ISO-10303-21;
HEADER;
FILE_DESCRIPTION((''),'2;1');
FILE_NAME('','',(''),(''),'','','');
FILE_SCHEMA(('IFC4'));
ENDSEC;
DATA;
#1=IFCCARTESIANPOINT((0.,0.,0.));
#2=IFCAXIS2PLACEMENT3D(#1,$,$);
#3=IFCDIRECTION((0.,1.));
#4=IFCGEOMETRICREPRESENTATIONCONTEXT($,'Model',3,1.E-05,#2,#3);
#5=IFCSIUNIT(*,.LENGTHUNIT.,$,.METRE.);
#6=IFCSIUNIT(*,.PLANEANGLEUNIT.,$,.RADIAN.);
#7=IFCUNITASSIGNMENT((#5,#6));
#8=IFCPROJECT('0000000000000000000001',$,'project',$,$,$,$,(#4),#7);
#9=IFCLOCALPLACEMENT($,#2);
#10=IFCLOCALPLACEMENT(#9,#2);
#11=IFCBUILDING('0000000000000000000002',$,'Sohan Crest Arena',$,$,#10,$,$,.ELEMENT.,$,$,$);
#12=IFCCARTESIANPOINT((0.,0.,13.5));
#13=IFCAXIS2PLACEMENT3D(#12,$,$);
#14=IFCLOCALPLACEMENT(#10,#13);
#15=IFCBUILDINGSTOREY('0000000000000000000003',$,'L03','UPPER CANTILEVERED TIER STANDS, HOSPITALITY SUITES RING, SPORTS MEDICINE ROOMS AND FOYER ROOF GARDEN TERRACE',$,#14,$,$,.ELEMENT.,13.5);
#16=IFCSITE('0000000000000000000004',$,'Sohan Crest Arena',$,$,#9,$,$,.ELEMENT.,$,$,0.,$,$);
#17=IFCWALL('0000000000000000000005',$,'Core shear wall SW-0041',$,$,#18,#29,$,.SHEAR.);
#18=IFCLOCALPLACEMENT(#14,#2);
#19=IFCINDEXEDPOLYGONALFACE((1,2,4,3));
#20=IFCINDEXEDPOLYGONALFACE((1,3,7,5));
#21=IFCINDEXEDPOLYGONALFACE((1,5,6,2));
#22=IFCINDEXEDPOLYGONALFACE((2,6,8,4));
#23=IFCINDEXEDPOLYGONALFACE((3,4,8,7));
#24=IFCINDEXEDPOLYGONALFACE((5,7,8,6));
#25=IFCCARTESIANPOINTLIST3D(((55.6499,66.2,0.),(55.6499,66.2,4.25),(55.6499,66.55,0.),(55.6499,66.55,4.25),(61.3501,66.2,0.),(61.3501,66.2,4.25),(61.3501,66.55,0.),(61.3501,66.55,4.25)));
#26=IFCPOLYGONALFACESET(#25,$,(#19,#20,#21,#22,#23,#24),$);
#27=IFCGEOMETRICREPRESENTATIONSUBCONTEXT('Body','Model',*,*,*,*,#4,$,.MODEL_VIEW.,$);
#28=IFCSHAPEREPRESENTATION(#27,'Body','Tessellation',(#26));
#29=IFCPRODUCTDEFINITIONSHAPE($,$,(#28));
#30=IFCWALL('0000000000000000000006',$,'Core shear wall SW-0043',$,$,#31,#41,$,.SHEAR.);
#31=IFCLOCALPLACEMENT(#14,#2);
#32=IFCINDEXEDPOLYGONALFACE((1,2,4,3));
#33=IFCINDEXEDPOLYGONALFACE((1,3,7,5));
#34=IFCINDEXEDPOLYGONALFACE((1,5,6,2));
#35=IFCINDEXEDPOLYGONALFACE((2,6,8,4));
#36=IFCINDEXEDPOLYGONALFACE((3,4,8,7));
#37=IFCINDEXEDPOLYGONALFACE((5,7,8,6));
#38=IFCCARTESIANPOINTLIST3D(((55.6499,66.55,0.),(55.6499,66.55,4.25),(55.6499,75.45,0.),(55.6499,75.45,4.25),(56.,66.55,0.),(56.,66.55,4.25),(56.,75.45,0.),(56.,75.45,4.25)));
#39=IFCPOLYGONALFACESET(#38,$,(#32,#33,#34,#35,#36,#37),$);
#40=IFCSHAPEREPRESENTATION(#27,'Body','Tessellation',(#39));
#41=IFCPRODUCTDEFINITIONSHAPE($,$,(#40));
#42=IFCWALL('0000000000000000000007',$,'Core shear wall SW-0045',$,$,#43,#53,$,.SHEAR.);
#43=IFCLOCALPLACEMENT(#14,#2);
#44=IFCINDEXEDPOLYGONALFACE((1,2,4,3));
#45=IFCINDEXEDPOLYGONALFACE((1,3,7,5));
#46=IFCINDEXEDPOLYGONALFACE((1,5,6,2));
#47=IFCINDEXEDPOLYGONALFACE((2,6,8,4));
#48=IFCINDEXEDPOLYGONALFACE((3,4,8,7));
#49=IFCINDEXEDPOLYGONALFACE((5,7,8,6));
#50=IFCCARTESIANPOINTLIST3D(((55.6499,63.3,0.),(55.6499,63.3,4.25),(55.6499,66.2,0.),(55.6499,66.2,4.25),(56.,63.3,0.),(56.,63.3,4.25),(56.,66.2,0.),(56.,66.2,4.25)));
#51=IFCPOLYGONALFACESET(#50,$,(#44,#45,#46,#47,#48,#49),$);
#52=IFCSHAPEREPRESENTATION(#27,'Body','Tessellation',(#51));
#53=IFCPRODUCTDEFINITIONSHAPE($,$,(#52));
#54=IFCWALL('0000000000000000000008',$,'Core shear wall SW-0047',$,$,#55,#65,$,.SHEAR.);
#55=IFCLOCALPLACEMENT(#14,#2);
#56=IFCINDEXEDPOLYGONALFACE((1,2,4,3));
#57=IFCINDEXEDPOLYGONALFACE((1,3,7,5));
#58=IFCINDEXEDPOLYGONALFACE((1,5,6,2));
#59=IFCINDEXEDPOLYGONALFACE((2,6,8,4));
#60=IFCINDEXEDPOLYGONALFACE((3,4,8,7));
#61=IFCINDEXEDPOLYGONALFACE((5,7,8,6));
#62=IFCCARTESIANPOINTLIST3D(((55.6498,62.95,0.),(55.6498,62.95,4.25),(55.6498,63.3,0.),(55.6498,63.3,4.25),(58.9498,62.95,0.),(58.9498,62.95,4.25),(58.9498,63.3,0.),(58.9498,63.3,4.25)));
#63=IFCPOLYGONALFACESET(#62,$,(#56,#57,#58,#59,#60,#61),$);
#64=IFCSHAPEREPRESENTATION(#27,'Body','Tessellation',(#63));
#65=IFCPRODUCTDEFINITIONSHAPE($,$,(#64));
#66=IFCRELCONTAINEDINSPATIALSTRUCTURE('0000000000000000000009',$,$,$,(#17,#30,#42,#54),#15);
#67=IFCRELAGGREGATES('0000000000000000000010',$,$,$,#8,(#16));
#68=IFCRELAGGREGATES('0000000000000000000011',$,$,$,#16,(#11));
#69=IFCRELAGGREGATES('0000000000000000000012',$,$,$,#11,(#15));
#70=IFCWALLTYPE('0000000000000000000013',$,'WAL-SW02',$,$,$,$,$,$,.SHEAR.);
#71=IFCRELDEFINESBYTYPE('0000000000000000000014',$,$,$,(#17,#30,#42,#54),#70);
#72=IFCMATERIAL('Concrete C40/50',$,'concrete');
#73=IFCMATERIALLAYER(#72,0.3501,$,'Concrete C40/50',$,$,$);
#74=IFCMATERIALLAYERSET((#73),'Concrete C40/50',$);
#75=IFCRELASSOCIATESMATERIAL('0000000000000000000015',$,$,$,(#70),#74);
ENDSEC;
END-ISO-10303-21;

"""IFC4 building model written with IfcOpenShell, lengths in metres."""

from ifc_helpers import new_model, si_unit, direction, frame, frame_2d, origin, place, context, subcontext, project, spatial, rectangle, extrude, material, layer, layer_set, type_object, element, save


model = new_model("IFC4")

# Units and contexts
model_context = context("Model", 3, precision=1e-05, world=origin(), true_north=direction((0.0, 1.0)))
body_context = subcontext(model_context, "Body", "Model", "MODEL_VIEW")
ifc_project = project(units=[si_unit("LENGTHUNIT", "METRE"), si_unit("PLANEANGLEUNIT", "RADIAN")], contexts=[model_context])

# Site, building, storey
site_placement = place(None, origin())
site = spatial("IfcSite", under=ifc_project, at=site_placement, Name="Sohan Crest Arena", CompositionType="ELEMENT", RefElevation=0.0)
building_placement = place(site_placement, origin())
building = spatial("IfcBuilding", under=site, at=building_placement, Name="Sohan Crest Arena", CompositionType="ELEMENT")
storey_placement = place(building_placement, frame((0.0, 0.0, 13.5)))
storey = spatial("IfcBuildingStorey", under=building, at=storey_placement, Name="L03", Description="UPPER CANTILEVERED TIER STANDS, HOSPITALITY SUITES RING, SPORTS MEDICINE ROOMS AND FOYER ROOF GARDEN TERRACE", CompositionType="ELEMENT", Elevation=13.5)

# Walls
ifc_material_1 = material(Name="Concrete C40/50", Category="concrete")
ifc_layer_1 = layer(ifc_material_1, 0.3501, Name="Concrete C40/50")
ifc_layer_set_1 = layer_set([ifc_layer_1], Name="Concrete C40/50")
wall_type = type_object("IfcWallType", Name="WAL-SW02", PredefinedType="SHEAR", material=ifc_layer_set_1)
wall_1_placement = place(storey_placement, frame((55.6499, 66.375, 0.0), z_axis=(0.0, 0.0, 1.0), x_axis=(1.0, 0.0, 0.0)))
element("IfcWall", 1, at=wall_1_placement, inside=storey, type_object=wall_type, Name="Core shear wall SW-0041", PredefinedType="SHEAR", context=body_context, shape_type="SweptSolid", body=[
    extrude(rectangle(XDim=5.7002, YDim=0.3501, at=frame_2d((2.8501, 0.0))), origin(), (0.0, 0.0, 1.0), 4.25),
])
wall_2_placement = place(storey_placement, frame((55.825, 66.55, 0.0), z_axis=(0.0, 0.0, 1.0), x_axis=(0.0, 1.0, 0.0)))
element("IfcWall", 2, at=wall_2_placement, inside=storey, type_object=wall_type, Name="Core shear wall SW-0043", PredefinedType="SHEAR", context=body_context, shape_type="SweptSolid", body=[
    extrude(rectangle(XDim=8.8999, YDim=0.3501, at=frame_2d((4.45, 0.0))), origin(), (0.0, 0.0, 1.0), 4.25),
])
wall_3_placement = place(storey_placement, frame((55.825, 63.3, 0.0), z_axis=(0.0, 0.0, 1.0), x_axis=(0.0, 1.0, 0.0)))
element("IfcWall", 3, at=wall_3_placement, inside=storey, type_object=wall_type, Name="Core shear wall SW-0045", PredefinedType="SHEAR", context=body_context, shape_type="SweptSolid", body=[
    extrude(rectangle(XDim=2.8999, YDim=0.3501, at=frame_2d((1.45, 0.0))), origin(), (0.0, 0.0, 1.0), 4.25),
])
wall_4_placement = place(storey_placement, frame((55.6499, 63.125, 0.0), z_axis=(0.0, 0.0, 1.0), x_axis=(1.0, 0.0, 0.0)))
element("IfcWall", 4, at=wall_4_placement, inside=storey, type_object=wall_type, Name="Core shear wall SW-0047", PredefinedType="SHEAR", context=body_context, shape_type="SweptSolid", body=[
    extrude(rectangle(XDim=3.3, YDim=0.3501, at=frame_2d((1.6499, 0.0))), origin(), (0.0, 0.0, 1.0), 4.25),
])

save(model, "model.ifc")
